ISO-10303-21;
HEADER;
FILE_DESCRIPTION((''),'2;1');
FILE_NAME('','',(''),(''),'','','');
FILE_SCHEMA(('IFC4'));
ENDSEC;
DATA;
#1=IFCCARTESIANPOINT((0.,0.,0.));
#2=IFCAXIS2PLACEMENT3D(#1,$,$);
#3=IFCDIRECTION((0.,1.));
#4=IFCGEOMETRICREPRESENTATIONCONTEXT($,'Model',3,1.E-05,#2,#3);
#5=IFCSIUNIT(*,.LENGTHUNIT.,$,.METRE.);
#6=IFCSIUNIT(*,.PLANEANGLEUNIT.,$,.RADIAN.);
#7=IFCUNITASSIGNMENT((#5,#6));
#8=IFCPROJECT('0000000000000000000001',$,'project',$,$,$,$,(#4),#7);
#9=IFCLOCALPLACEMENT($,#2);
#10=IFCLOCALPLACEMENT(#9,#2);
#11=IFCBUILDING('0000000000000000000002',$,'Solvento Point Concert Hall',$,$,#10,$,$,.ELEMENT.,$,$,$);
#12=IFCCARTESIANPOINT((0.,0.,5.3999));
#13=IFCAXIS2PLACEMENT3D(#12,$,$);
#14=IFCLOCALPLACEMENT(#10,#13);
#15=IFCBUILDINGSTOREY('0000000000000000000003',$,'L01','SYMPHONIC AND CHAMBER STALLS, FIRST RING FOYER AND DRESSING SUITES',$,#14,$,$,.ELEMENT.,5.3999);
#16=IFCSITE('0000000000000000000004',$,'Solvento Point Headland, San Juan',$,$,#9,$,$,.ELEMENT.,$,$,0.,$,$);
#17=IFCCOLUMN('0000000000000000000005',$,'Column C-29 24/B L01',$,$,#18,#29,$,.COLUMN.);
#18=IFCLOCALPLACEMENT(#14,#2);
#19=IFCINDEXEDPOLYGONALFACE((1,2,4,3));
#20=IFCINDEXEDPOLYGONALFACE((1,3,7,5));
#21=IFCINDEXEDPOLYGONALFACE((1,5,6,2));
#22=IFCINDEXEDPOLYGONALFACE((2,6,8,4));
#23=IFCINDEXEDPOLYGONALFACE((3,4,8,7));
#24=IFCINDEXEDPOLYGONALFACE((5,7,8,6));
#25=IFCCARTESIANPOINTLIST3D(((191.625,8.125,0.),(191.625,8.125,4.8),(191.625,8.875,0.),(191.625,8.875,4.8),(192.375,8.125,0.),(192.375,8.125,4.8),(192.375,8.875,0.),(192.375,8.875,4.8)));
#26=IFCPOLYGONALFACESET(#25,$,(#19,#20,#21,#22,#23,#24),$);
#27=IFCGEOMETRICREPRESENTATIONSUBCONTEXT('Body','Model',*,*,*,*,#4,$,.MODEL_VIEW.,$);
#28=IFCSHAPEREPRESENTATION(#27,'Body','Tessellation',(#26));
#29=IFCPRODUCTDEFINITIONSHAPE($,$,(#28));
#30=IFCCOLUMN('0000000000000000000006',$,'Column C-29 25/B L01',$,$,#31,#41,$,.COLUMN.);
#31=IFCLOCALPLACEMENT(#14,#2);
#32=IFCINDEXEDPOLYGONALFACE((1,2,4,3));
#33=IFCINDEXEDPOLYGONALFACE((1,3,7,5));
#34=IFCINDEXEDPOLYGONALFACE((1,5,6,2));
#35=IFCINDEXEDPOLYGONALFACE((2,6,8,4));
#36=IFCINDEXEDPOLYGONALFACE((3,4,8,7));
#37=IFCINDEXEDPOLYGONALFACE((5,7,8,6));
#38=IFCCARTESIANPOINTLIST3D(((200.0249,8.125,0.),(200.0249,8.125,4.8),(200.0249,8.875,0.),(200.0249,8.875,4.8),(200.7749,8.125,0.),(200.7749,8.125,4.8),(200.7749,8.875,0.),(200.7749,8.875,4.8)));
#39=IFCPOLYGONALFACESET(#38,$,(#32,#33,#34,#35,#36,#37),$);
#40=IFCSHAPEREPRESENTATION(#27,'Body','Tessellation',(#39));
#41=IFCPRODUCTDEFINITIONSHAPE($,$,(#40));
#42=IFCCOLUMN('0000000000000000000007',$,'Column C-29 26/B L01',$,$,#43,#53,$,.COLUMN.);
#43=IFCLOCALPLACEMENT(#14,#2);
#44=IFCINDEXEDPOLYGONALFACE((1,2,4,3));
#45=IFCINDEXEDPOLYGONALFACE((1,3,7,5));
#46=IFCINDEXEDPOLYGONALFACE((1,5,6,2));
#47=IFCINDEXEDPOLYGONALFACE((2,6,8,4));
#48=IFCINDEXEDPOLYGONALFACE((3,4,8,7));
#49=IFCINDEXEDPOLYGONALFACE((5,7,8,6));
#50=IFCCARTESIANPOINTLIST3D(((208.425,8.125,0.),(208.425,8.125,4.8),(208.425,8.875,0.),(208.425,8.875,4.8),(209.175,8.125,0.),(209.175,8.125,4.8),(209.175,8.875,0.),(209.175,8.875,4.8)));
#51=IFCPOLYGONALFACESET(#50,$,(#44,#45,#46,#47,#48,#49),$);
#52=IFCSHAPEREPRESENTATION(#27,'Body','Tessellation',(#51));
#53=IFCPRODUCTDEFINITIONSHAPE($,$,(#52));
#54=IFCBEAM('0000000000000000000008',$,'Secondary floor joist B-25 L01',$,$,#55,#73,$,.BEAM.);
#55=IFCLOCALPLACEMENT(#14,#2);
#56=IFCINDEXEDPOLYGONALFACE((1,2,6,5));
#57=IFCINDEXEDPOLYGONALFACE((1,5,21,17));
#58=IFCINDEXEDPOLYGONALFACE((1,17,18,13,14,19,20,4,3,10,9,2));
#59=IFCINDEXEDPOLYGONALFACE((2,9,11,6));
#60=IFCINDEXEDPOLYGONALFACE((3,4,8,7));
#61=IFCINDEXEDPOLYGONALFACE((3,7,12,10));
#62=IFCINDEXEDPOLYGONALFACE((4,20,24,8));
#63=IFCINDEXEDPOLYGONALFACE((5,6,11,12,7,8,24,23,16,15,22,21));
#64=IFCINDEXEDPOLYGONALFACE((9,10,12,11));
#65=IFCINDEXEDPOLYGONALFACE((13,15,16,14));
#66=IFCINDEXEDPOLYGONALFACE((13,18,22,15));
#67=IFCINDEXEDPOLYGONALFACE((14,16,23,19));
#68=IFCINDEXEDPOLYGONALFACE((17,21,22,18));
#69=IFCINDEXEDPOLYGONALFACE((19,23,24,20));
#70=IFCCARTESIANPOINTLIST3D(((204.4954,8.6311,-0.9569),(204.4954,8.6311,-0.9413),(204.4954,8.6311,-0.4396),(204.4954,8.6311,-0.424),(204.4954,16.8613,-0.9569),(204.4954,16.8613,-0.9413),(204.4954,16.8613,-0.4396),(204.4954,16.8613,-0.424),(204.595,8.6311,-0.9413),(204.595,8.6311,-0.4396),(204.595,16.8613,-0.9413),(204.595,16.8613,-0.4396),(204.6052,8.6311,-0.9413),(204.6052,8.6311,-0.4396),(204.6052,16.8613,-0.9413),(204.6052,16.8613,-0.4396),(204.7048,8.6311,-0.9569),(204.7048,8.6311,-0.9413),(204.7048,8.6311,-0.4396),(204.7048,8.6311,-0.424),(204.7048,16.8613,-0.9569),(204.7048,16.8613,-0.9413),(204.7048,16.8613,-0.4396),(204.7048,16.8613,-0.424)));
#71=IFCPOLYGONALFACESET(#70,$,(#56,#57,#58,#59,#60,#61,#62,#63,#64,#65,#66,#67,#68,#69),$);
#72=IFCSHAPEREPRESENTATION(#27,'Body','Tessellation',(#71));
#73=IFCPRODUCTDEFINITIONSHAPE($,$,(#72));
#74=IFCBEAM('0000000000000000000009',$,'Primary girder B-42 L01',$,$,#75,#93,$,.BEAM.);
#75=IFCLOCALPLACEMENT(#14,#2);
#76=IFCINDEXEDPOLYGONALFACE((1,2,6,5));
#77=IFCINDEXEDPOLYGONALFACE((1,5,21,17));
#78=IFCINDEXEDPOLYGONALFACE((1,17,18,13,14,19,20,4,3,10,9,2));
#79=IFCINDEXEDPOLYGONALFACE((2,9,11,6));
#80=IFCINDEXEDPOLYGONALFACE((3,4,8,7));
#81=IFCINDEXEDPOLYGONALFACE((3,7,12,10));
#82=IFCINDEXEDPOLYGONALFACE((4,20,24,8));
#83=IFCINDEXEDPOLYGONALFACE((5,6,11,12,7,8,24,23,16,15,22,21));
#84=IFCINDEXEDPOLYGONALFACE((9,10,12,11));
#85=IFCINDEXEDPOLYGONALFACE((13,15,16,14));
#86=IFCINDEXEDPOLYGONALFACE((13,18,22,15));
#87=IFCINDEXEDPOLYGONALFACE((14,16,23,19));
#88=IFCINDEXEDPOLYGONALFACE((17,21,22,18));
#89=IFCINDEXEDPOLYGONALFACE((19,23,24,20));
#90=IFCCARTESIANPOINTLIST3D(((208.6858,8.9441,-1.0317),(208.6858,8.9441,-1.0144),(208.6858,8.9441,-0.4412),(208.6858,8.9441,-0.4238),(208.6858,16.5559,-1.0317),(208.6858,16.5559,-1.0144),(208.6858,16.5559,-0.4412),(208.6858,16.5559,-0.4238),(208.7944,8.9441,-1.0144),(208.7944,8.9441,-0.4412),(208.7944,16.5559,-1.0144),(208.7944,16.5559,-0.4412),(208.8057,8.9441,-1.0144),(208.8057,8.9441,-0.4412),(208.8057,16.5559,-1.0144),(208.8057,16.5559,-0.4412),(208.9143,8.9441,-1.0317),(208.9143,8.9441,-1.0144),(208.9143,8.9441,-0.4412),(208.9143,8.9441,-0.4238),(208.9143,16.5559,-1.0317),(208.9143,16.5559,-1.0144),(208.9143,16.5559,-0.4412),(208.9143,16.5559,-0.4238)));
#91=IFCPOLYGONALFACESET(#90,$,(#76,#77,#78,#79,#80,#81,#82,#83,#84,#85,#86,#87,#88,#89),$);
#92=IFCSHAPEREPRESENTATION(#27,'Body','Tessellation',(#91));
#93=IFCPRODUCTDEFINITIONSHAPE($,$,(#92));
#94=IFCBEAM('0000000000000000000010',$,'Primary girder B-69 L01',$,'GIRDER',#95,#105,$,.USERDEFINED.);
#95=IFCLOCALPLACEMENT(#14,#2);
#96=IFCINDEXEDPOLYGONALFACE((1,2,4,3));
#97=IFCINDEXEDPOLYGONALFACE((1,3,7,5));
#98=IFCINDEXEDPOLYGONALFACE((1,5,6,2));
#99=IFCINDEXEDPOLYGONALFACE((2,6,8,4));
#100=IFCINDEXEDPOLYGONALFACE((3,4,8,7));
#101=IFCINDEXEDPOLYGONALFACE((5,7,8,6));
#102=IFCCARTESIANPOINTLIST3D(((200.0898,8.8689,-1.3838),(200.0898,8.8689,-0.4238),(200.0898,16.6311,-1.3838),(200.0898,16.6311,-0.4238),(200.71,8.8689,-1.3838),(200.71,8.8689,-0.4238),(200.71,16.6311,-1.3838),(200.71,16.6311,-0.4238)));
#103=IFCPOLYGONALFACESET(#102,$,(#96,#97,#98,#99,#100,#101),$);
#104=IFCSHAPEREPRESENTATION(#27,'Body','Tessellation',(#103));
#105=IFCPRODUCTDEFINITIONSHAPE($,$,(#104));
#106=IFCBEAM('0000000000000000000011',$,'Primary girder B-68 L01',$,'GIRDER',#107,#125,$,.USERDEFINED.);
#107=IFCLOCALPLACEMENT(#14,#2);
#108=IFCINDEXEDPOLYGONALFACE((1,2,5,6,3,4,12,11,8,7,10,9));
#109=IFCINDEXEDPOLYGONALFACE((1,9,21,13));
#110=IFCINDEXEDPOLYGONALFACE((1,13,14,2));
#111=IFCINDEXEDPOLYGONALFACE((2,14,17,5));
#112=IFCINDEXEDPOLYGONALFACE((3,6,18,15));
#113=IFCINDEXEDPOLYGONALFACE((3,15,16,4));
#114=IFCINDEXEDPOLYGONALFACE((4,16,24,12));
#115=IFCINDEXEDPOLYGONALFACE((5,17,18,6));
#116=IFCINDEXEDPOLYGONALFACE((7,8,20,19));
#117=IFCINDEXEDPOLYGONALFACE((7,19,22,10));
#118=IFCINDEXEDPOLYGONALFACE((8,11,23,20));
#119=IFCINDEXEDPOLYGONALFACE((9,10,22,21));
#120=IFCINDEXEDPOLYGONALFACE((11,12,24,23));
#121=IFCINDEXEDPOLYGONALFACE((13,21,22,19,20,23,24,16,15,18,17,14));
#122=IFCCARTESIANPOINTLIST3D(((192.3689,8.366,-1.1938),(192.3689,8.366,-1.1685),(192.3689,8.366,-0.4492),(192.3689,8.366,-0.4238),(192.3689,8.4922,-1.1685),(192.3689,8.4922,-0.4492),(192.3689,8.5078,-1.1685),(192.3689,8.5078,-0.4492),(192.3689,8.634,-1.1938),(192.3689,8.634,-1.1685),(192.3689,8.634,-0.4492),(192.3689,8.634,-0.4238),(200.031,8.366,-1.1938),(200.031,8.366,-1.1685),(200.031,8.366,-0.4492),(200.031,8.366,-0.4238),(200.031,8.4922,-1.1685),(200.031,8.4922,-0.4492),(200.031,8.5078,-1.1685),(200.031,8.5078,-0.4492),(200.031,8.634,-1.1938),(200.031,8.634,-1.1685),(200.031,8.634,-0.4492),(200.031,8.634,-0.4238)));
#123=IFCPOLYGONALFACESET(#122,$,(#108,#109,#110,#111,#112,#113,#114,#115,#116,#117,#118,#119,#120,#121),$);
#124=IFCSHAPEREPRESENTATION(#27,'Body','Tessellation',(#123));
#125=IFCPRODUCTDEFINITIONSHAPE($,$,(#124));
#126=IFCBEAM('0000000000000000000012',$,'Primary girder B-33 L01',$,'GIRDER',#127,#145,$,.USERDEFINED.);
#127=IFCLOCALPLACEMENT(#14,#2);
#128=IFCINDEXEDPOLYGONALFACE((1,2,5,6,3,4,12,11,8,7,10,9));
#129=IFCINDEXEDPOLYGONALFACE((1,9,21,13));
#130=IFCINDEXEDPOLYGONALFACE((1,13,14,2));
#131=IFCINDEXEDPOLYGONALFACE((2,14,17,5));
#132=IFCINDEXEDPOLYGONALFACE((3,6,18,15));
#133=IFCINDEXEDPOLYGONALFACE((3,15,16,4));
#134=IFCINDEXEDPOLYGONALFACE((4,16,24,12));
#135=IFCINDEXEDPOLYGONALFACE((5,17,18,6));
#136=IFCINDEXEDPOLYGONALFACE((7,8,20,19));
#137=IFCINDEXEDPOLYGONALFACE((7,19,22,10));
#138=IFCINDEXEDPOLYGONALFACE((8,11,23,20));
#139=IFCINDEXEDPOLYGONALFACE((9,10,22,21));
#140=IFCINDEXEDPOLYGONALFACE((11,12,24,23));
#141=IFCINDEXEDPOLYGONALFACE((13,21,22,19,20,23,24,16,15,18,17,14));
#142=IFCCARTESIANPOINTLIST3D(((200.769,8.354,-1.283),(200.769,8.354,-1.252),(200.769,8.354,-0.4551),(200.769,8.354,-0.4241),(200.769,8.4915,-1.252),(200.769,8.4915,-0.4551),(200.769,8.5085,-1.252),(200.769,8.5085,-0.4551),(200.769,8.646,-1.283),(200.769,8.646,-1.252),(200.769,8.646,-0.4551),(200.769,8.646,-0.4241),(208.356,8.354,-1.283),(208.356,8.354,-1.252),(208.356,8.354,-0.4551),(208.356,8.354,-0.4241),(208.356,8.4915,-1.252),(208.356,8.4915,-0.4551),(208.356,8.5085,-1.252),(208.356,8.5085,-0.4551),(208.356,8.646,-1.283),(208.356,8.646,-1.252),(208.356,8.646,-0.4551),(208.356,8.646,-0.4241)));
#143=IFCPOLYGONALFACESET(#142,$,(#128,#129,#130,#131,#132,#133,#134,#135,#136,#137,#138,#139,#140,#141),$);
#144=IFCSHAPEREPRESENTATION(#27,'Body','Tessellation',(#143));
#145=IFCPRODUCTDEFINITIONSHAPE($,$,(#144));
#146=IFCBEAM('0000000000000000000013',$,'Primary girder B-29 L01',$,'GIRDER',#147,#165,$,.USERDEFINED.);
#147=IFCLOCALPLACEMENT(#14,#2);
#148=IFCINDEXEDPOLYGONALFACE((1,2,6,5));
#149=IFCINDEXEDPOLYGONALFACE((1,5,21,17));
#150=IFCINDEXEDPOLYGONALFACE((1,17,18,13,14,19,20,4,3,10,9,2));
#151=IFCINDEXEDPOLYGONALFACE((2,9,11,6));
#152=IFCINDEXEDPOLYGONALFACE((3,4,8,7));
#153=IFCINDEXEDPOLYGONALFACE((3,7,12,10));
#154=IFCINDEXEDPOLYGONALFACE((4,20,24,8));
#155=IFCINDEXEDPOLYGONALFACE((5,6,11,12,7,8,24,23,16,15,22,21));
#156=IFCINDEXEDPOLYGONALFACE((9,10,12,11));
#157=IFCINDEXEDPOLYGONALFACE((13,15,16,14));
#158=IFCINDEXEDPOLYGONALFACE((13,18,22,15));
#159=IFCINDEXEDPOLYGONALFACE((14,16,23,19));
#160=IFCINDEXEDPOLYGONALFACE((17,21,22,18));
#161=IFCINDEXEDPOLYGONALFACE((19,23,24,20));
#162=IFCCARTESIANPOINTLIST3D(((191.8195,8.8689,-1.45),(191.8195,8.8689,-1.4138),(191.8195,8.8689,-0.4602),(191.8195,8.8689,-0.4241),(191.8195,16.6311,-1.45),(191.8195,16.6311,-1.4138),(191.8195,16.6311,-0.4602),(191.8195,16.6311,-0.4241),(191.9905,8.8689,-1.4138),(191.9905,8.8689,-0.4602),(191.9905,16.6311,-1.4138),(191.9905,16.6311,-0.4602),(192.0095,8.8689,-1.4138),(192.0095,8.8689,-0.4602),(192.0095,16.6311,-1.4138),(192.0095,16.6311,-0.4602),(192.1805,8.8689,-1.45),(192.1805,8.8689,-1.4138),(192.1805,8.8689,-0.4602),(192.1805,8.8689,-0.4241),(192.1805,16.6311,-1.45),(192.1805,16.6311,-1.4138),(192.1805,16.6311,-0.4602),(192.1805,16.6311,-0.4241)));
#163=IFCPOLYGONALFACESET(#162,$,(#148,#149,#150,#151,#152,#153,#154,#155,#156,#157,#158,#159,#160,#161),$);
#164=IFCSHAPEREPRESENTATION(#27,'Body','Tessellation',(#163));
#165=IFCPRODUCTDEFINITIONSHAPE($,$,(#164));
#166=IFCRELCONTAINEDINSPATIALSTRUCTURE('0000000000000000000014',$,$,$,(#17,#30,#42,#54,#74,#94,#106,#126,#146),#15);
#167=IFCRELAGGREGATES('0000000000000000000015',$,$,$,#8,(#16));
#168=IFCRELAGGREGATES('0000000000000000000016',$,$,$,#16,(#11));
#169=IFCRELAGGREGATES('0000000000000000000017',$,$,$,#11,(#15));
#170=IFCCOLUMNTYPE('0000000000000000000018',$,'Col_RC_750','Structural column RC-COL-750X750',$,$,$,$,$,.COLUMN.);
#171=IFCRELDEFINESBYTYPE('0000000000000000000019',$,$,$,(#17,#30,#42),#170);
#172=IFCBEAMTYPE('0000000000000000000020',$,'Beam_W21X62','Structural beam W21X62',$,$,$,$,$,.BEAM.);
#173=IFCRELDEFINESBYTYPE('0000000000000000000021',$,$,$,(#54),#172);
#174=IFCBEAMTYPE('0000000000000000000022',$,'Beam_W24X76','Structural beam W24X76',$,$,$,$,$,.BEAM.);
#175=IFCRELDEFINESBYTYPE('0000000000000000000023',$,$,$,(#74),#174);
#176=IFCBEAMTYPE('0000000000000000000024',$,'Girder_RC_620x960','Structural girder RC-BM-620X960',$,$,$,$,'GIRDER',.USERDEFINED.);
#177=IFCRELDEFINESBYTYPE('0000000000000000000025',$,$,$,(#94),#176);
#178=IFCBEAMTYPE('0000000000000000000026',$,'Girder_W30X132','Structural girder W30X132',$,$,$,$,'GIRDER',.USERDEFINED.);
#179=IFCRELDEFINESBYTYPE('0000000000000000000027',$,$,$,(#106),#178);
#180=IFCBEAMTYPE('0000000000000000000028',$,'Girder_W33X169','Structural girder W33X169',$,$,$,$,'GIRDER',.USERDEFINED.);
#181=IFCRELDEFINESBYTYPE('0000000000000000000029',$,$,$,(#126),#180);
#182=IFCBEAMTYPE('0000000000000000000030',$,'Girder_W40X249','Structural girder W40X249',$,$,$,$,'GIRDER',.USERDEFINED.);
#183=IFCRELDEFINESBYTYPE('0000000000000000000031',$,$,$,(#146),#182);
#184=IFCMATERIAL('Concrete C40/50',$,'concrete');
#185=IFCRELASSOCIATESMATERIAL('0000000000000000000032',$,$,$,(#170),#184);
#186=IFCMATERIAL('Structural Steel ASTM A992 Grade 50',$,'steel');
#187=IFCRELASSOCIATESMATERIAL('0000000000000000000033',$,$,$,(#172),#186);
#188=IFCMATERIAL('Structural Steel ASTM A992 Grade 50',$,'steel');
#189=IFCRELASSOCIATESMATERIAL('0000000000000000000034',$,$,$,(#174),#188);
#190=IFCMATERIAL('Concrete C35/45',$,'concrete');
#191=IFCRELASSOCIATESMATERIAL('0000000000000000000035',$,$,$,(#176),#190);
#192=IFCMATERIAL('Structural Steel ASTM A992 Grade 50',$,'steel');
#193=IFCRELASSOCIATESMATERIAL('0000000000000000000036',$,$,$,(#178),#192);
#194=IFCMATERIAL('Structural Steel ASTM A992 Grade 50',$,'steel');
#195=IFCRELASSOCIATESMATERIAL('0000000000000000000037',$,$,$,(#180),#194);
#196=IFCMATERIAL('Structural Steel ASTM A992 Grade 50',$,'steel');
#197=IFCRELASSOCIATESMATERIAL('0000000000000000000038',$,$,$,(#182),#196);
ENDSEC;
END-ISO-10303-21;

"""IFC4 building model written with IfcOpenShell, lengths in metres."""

from ifc_helpers import new_model, si_unit, direction, frame, origin, origin_2d, place, context, subcontext, project, spatial, rectangle, i_section, extrude, material, material_profile, profile_set, type_object, element, save


model = new_model("IFC4")

# Units and contexts
model_context = context("Model", 3, precision=1e-05, world=origin(), true_north=direction((0.0, 1.0)))
body_context = subcontext(model_context, "Body", "Model", "MODEL_VIEW")
ifc_project = project(units=[si_unit("LENGTHUNIT", "METRE"), si_unit("PLANEANGLEUNIT", "RADIAN")], contexts=[model_context])

# Site, building, storey
site_placement = place(None, origin())
site = spatial("IfcSite", under=ifc_project, at=site_placement, Name="Solvento Point Headland, San Juan", CompositionType="ELEMENT", RefElevation=0.0)
building_placement = place(site_placement, origin())
building = spatial("IfcBuilding", under=site, at=building_placement, Name="Solvento Point Concert Hall", CompositionType="ELEMENT")
storey_placement = place(building_placement, frame((0.0, 0.0, 5.3999)))
storey = spatial("IfcBuildingStorey", under=building, at=storey_placement, Name="L01", Description="SYMPHONIC AND CHAMBER STALLS, FIRST RING FOYER AND DRESSING SUITES", CompositionType="ELEMENT", Elevation=5.3999)

# Columns
ifc_material_1 = material(Name="Concrete C40/50", Category="concrete")
ifc_material_profile_1 = material_profile(ifc_material_1, rectangle(XDim=0.75, YDim=0.75, at=origin_2d()), Name="RC-COL-750X750")
ifc_profile_set_1 = profile_set([ifc_material_profile_1], Name="Concrete C40/50")
column_type = type_object("IfcColumnType", Name="Col_RC_750", Description="Structural column RC-COL-750X750", PredefinedType="COLUMN", material=ifc_profile_set_1)
for number, where, z_axis, x_axis, name in (
    (1, (192.0, 8.5, 0.0), (0.0, 0.0, 1.0), (1.0, 0.0, 0.0), "Column C-29 24/B L01"),
    (2, (200.3999, 8.5, 0.0), (0.0, 0.0, 1.0), (1.0, 0.0, 0.0), "Column C-29 25/B L01"),
    (3, (208.8, 8.5, 0.0), (0.0, 0.0, 1.0), (1.0, 0.0, 0.0), "Column C-29 26/B L01"),
):
    element("IfcColumn", number, at=place(storey_placement, frame(where, z_axis=z_axis, x_axis=x_axis)), inside=storey, type_object=column_type, Name=name, PredefinedType="COLUMN", context=body_context, shape_type="SweptSolid", body=[
        extrude(rectangle(XDim=0.75, YDim=0.75, at=origin_2d()), origin(), (0.0, 0.0, 1.0), 4.8),
    ])

# Beams
ifc_material_2 = material(Name="Structural Steel ASTM A992 Grade 50", Category="steel")
ifc_material_profile_2 = material_profile(ifc_material_2, i_section(OverallWidth=0.2095, OverallDepth=0.533, WebThickness=0.0103, FlangeThickness=0.0156, at=origin_2d()), Name="W21X62")
ifc_profile_set_2 = profile_set([ifc_material_profile_2], Name="Structural Steel ASTM A992 Grade 50")
beam_type_1 = type_object("IfcBeamType", Name="Beam_W21X62", Description="Structural beam W21X62", PredefinedType="BEAM", material=ifc_profile_set_2)
beam_1_placement = place(storey_placement, frame((204.6001, 8.6311, -0.6904), z_axis=(0.0, 1.0, 0.0), x_axis=(-1.0, 0.0, 0.0)))
element("IfcBeam", 4, at=beam_1_placement, inside=storey, type_object=beam_type_1, Name="Secondary floor joist B-25 L01", PredefinedType="BEAM", context=body_context, shape_type="SweptSolid", body=[
    extrude(i_section(OverallWidth=0.2095, OverallDepth=0.533, WebThickness=0.0103, FlangeThickness=0.0156, at=origin_2d()), origin(), (0.0, 0.0, 1.0), 8.2302),
])
ifc_material_3 = material(Name="Structural Steel ASTM A992 Grade 50", Category="steel")
ifc_material_profile_3 = material_profile(ifc_material_3, i_section(OverallWidth=0.2285, OverallDepth=0.6079, WebThickness=0.0112, FlangeThickness=0.0173, at=origin_2d()), Name="W24X76")
ifc_profile_set_3 = profile_set([ifc_material_profile_3], Name="Structural Steel ASTM A992 Grade 50")
beam_type_2 = type_object("IfcBeamType", Name="Beam_W24X76", Description="Structural beam W24X76", PredefinedType="BEAM", material=ifc_profile_set_3)
beam_2_placement = place(storey_placement, frame((208.8, 8.9441, -0.7278), z_axis=(0.0, 1.0, 0.0), x_axis=(-1.0, 0.0, 0.0)))
element("IfcBeam", 5, at=beam_2_placement, inside=storey, type_object=beam_type_2, Name="Primary girder B-42 L01", PredefinedType="BEAM", context=body_context, shape_type="SweptSolid", body=[
    extrude(i_section(OverallWidth=0.2285, OverallDepth=0.6079, WebThickness=0.0112, FlangeThickness=0.0173, at=origin_2d()), origin(), (0.0, 0.0, 1.0), 7.6118),
])
ifc_material_4 = material(Name="Concrete C35/45", Category="concrete")
ifc_material_profile_4 = material_profile(ifc_material_4, rectangle(XDim=0.6201, YDim=0.96, at=origin_2d()), Name="RC-BM-620X960")
ifc_profile_set_4 = profile_set([ifc_material_profile_4], Name="Concrete C35/45")
beam_type_3 = type_object("IfcBeamType", Name="Girder_RC_620x960", Description="Structural girder RC-BM-620X960", ElementType="GIRDER", PredefinedType="USERDEFINED", material=ifc_profile_set_4)
beam_3_placement = place(storey_placement, frame((200.3999, 8.8689, -0.9038), z_axis=(0.0, 1.0, 0.0), x_axis=(-1.0, 0.0, 0.0)))
element("IfcBeam", 6, at=beam_3_placement, inside=storey, type_object=beam_type_3, Name="Primary girder B-69 L01", ObjectType="GIRDER", PredefinedType="USERDEFINED", context=body_context, shape_type="SweptSolid", body=[
    extrude(rectangle(XDim=0.6201, YDim=0.96, at=origin_2d()), origin(), (0.0, 0.0, 1.0), 7.7622),
])
ifc_material_5 = material(Name="Structural Steel ASTM A992 Grade 50", Category="steel")
ifc_material_profile_5 = material_profile(ifc_material_5, i_section(OverallWidth=0.2681, OverallDepth=0.77, WebThickness=0.0156, FlangeThickness=0.0254, at=origin_2d()), Name="W30X132")
ifc_profile_set_5 = profile_set([ifc_material_profile_5], Name="Structural Steel ASTM A992 Grade 50")
beam_type_4 = type_object("IfcBeamType", Name="Girder_W30X132", Description="Structural girder W30X132", ElementType="GIRDER", PredefinedType="USERDEFINED", material=ifc_profile_set_5)
beam_4_placement = place(storey_placement, frame((192.3689, 8.5, -0.8088), z_axis=(1.0, 0.0, 0.0), x_axis=(0.0, 1.0, 0.0)))
element("IfcBeam", 7, at=beam_4_placement, inside=storey, type_object=beam_type_4, Name="Primary girder B-68 L01", ObjectType="GIRDER", PredefinedType="USERDEFINED", context=body_context, shape_type="SweptSolid", body=[
    extrude(i_section(OverallWidth=0.2681, OverallDepth=0.77, WebThickness=0.0156, FlangeThickness=0.0254, at=origin_2d()), origin(), (0.0, 0.0, 1.0), 7.6621),
])
ifc_material_6 = material(Name="Structural Steel ASTM A992 Grade 50", Category="steel")
ifc_material_profile_6 = material_profile(ifc_material_6, i_section(OverallWidth=0.292, OverallDepth=0.8589, WebThickness=0.0171, FlangeThickness=0.031, at=origin_2d()), Name="W33X169")
ifc_profile_set_6 = profile_set([ifc_material_profile_6], Name="Structural Steel ASTM A992 Grade 50")
beam_type_5 = type_object("IfcBeamType", Name="Girder_W33X169", Description="Structural girder W33X169", ElementType="GIRDER", PredefinedType="USERDEFINED", material=ifc_profile_set_6)
beam_5_placement = place(storey_placement, frame((200.769, 8.5, -0.8535), z_axis=(1.0, 0.0, 0.0), x_axis=(0.0, 1.0, 0.0)))
element("IfcBeam", 8, at=beam_5_placement, inside=storey, type_object=beam_type_5, Name="Primary girder B-33 L01", ObjectType="GIRDER", PredefinedType="USERDEFINED", context=body_context, shape_type="SweptSolid", body=[
    extrude(i_section(OverallWidth=0.292, OverallDepth=0.8589, WebThickness=0.0171, FlangeThickness=0.031, at=origin_2d()), origin(), (0.0, 0.0, 1.0), 7.5869),
])
ifc_material_7 = material(Name="Structural Steel ASTM A992 Grade 50", Category="steel")
ifc_material_profile_7 = material_profile(ifc_material_7, i_section(OverallWidth=0.3611, OverallDepth=1.0259, WebThickness=0.019, FlangeThickness=0.0361, at=origin_2d()), Name="W40X249")
ifc_profile_set_7 = profile_set([ifc_material_profile_7], Name="Structural Steel ASTM A992 Grade 50")
beam_type_6 = type_object("IfcBeamType", Name="Girder_W40X249", Description="Structural girder W40X249", ElementType="GIRDER", PredefinedType="USERDEFINED", material=ifc_profile_set_7)
beam_6_placement = place(storey_placement, frame((192.0, 8.8689, -0.937), z_axis=(0.0, 1.0, 0.0), x_axis=(-1.0, 0.0, 0.0)))
element("IfcBeam", 9, at=beam_6_placement, inside=storey, type_object=beam_type_6, Name="Primary girder B-29 L01", ObjectType="GIRDER", PredefinedType="USERDEFINED", context=body_context, shape_type="SweptSolid", body=[
    extrude(i_section(OverallWidth=0.3611, OverallDepth=1.0259, WebThickness=0.019, FlangeThickness=0.0361, at=origin_2d()), origin(), (0.0, 0.0, 1.0), 7.7622),
])

save(model, "model.ifc")
